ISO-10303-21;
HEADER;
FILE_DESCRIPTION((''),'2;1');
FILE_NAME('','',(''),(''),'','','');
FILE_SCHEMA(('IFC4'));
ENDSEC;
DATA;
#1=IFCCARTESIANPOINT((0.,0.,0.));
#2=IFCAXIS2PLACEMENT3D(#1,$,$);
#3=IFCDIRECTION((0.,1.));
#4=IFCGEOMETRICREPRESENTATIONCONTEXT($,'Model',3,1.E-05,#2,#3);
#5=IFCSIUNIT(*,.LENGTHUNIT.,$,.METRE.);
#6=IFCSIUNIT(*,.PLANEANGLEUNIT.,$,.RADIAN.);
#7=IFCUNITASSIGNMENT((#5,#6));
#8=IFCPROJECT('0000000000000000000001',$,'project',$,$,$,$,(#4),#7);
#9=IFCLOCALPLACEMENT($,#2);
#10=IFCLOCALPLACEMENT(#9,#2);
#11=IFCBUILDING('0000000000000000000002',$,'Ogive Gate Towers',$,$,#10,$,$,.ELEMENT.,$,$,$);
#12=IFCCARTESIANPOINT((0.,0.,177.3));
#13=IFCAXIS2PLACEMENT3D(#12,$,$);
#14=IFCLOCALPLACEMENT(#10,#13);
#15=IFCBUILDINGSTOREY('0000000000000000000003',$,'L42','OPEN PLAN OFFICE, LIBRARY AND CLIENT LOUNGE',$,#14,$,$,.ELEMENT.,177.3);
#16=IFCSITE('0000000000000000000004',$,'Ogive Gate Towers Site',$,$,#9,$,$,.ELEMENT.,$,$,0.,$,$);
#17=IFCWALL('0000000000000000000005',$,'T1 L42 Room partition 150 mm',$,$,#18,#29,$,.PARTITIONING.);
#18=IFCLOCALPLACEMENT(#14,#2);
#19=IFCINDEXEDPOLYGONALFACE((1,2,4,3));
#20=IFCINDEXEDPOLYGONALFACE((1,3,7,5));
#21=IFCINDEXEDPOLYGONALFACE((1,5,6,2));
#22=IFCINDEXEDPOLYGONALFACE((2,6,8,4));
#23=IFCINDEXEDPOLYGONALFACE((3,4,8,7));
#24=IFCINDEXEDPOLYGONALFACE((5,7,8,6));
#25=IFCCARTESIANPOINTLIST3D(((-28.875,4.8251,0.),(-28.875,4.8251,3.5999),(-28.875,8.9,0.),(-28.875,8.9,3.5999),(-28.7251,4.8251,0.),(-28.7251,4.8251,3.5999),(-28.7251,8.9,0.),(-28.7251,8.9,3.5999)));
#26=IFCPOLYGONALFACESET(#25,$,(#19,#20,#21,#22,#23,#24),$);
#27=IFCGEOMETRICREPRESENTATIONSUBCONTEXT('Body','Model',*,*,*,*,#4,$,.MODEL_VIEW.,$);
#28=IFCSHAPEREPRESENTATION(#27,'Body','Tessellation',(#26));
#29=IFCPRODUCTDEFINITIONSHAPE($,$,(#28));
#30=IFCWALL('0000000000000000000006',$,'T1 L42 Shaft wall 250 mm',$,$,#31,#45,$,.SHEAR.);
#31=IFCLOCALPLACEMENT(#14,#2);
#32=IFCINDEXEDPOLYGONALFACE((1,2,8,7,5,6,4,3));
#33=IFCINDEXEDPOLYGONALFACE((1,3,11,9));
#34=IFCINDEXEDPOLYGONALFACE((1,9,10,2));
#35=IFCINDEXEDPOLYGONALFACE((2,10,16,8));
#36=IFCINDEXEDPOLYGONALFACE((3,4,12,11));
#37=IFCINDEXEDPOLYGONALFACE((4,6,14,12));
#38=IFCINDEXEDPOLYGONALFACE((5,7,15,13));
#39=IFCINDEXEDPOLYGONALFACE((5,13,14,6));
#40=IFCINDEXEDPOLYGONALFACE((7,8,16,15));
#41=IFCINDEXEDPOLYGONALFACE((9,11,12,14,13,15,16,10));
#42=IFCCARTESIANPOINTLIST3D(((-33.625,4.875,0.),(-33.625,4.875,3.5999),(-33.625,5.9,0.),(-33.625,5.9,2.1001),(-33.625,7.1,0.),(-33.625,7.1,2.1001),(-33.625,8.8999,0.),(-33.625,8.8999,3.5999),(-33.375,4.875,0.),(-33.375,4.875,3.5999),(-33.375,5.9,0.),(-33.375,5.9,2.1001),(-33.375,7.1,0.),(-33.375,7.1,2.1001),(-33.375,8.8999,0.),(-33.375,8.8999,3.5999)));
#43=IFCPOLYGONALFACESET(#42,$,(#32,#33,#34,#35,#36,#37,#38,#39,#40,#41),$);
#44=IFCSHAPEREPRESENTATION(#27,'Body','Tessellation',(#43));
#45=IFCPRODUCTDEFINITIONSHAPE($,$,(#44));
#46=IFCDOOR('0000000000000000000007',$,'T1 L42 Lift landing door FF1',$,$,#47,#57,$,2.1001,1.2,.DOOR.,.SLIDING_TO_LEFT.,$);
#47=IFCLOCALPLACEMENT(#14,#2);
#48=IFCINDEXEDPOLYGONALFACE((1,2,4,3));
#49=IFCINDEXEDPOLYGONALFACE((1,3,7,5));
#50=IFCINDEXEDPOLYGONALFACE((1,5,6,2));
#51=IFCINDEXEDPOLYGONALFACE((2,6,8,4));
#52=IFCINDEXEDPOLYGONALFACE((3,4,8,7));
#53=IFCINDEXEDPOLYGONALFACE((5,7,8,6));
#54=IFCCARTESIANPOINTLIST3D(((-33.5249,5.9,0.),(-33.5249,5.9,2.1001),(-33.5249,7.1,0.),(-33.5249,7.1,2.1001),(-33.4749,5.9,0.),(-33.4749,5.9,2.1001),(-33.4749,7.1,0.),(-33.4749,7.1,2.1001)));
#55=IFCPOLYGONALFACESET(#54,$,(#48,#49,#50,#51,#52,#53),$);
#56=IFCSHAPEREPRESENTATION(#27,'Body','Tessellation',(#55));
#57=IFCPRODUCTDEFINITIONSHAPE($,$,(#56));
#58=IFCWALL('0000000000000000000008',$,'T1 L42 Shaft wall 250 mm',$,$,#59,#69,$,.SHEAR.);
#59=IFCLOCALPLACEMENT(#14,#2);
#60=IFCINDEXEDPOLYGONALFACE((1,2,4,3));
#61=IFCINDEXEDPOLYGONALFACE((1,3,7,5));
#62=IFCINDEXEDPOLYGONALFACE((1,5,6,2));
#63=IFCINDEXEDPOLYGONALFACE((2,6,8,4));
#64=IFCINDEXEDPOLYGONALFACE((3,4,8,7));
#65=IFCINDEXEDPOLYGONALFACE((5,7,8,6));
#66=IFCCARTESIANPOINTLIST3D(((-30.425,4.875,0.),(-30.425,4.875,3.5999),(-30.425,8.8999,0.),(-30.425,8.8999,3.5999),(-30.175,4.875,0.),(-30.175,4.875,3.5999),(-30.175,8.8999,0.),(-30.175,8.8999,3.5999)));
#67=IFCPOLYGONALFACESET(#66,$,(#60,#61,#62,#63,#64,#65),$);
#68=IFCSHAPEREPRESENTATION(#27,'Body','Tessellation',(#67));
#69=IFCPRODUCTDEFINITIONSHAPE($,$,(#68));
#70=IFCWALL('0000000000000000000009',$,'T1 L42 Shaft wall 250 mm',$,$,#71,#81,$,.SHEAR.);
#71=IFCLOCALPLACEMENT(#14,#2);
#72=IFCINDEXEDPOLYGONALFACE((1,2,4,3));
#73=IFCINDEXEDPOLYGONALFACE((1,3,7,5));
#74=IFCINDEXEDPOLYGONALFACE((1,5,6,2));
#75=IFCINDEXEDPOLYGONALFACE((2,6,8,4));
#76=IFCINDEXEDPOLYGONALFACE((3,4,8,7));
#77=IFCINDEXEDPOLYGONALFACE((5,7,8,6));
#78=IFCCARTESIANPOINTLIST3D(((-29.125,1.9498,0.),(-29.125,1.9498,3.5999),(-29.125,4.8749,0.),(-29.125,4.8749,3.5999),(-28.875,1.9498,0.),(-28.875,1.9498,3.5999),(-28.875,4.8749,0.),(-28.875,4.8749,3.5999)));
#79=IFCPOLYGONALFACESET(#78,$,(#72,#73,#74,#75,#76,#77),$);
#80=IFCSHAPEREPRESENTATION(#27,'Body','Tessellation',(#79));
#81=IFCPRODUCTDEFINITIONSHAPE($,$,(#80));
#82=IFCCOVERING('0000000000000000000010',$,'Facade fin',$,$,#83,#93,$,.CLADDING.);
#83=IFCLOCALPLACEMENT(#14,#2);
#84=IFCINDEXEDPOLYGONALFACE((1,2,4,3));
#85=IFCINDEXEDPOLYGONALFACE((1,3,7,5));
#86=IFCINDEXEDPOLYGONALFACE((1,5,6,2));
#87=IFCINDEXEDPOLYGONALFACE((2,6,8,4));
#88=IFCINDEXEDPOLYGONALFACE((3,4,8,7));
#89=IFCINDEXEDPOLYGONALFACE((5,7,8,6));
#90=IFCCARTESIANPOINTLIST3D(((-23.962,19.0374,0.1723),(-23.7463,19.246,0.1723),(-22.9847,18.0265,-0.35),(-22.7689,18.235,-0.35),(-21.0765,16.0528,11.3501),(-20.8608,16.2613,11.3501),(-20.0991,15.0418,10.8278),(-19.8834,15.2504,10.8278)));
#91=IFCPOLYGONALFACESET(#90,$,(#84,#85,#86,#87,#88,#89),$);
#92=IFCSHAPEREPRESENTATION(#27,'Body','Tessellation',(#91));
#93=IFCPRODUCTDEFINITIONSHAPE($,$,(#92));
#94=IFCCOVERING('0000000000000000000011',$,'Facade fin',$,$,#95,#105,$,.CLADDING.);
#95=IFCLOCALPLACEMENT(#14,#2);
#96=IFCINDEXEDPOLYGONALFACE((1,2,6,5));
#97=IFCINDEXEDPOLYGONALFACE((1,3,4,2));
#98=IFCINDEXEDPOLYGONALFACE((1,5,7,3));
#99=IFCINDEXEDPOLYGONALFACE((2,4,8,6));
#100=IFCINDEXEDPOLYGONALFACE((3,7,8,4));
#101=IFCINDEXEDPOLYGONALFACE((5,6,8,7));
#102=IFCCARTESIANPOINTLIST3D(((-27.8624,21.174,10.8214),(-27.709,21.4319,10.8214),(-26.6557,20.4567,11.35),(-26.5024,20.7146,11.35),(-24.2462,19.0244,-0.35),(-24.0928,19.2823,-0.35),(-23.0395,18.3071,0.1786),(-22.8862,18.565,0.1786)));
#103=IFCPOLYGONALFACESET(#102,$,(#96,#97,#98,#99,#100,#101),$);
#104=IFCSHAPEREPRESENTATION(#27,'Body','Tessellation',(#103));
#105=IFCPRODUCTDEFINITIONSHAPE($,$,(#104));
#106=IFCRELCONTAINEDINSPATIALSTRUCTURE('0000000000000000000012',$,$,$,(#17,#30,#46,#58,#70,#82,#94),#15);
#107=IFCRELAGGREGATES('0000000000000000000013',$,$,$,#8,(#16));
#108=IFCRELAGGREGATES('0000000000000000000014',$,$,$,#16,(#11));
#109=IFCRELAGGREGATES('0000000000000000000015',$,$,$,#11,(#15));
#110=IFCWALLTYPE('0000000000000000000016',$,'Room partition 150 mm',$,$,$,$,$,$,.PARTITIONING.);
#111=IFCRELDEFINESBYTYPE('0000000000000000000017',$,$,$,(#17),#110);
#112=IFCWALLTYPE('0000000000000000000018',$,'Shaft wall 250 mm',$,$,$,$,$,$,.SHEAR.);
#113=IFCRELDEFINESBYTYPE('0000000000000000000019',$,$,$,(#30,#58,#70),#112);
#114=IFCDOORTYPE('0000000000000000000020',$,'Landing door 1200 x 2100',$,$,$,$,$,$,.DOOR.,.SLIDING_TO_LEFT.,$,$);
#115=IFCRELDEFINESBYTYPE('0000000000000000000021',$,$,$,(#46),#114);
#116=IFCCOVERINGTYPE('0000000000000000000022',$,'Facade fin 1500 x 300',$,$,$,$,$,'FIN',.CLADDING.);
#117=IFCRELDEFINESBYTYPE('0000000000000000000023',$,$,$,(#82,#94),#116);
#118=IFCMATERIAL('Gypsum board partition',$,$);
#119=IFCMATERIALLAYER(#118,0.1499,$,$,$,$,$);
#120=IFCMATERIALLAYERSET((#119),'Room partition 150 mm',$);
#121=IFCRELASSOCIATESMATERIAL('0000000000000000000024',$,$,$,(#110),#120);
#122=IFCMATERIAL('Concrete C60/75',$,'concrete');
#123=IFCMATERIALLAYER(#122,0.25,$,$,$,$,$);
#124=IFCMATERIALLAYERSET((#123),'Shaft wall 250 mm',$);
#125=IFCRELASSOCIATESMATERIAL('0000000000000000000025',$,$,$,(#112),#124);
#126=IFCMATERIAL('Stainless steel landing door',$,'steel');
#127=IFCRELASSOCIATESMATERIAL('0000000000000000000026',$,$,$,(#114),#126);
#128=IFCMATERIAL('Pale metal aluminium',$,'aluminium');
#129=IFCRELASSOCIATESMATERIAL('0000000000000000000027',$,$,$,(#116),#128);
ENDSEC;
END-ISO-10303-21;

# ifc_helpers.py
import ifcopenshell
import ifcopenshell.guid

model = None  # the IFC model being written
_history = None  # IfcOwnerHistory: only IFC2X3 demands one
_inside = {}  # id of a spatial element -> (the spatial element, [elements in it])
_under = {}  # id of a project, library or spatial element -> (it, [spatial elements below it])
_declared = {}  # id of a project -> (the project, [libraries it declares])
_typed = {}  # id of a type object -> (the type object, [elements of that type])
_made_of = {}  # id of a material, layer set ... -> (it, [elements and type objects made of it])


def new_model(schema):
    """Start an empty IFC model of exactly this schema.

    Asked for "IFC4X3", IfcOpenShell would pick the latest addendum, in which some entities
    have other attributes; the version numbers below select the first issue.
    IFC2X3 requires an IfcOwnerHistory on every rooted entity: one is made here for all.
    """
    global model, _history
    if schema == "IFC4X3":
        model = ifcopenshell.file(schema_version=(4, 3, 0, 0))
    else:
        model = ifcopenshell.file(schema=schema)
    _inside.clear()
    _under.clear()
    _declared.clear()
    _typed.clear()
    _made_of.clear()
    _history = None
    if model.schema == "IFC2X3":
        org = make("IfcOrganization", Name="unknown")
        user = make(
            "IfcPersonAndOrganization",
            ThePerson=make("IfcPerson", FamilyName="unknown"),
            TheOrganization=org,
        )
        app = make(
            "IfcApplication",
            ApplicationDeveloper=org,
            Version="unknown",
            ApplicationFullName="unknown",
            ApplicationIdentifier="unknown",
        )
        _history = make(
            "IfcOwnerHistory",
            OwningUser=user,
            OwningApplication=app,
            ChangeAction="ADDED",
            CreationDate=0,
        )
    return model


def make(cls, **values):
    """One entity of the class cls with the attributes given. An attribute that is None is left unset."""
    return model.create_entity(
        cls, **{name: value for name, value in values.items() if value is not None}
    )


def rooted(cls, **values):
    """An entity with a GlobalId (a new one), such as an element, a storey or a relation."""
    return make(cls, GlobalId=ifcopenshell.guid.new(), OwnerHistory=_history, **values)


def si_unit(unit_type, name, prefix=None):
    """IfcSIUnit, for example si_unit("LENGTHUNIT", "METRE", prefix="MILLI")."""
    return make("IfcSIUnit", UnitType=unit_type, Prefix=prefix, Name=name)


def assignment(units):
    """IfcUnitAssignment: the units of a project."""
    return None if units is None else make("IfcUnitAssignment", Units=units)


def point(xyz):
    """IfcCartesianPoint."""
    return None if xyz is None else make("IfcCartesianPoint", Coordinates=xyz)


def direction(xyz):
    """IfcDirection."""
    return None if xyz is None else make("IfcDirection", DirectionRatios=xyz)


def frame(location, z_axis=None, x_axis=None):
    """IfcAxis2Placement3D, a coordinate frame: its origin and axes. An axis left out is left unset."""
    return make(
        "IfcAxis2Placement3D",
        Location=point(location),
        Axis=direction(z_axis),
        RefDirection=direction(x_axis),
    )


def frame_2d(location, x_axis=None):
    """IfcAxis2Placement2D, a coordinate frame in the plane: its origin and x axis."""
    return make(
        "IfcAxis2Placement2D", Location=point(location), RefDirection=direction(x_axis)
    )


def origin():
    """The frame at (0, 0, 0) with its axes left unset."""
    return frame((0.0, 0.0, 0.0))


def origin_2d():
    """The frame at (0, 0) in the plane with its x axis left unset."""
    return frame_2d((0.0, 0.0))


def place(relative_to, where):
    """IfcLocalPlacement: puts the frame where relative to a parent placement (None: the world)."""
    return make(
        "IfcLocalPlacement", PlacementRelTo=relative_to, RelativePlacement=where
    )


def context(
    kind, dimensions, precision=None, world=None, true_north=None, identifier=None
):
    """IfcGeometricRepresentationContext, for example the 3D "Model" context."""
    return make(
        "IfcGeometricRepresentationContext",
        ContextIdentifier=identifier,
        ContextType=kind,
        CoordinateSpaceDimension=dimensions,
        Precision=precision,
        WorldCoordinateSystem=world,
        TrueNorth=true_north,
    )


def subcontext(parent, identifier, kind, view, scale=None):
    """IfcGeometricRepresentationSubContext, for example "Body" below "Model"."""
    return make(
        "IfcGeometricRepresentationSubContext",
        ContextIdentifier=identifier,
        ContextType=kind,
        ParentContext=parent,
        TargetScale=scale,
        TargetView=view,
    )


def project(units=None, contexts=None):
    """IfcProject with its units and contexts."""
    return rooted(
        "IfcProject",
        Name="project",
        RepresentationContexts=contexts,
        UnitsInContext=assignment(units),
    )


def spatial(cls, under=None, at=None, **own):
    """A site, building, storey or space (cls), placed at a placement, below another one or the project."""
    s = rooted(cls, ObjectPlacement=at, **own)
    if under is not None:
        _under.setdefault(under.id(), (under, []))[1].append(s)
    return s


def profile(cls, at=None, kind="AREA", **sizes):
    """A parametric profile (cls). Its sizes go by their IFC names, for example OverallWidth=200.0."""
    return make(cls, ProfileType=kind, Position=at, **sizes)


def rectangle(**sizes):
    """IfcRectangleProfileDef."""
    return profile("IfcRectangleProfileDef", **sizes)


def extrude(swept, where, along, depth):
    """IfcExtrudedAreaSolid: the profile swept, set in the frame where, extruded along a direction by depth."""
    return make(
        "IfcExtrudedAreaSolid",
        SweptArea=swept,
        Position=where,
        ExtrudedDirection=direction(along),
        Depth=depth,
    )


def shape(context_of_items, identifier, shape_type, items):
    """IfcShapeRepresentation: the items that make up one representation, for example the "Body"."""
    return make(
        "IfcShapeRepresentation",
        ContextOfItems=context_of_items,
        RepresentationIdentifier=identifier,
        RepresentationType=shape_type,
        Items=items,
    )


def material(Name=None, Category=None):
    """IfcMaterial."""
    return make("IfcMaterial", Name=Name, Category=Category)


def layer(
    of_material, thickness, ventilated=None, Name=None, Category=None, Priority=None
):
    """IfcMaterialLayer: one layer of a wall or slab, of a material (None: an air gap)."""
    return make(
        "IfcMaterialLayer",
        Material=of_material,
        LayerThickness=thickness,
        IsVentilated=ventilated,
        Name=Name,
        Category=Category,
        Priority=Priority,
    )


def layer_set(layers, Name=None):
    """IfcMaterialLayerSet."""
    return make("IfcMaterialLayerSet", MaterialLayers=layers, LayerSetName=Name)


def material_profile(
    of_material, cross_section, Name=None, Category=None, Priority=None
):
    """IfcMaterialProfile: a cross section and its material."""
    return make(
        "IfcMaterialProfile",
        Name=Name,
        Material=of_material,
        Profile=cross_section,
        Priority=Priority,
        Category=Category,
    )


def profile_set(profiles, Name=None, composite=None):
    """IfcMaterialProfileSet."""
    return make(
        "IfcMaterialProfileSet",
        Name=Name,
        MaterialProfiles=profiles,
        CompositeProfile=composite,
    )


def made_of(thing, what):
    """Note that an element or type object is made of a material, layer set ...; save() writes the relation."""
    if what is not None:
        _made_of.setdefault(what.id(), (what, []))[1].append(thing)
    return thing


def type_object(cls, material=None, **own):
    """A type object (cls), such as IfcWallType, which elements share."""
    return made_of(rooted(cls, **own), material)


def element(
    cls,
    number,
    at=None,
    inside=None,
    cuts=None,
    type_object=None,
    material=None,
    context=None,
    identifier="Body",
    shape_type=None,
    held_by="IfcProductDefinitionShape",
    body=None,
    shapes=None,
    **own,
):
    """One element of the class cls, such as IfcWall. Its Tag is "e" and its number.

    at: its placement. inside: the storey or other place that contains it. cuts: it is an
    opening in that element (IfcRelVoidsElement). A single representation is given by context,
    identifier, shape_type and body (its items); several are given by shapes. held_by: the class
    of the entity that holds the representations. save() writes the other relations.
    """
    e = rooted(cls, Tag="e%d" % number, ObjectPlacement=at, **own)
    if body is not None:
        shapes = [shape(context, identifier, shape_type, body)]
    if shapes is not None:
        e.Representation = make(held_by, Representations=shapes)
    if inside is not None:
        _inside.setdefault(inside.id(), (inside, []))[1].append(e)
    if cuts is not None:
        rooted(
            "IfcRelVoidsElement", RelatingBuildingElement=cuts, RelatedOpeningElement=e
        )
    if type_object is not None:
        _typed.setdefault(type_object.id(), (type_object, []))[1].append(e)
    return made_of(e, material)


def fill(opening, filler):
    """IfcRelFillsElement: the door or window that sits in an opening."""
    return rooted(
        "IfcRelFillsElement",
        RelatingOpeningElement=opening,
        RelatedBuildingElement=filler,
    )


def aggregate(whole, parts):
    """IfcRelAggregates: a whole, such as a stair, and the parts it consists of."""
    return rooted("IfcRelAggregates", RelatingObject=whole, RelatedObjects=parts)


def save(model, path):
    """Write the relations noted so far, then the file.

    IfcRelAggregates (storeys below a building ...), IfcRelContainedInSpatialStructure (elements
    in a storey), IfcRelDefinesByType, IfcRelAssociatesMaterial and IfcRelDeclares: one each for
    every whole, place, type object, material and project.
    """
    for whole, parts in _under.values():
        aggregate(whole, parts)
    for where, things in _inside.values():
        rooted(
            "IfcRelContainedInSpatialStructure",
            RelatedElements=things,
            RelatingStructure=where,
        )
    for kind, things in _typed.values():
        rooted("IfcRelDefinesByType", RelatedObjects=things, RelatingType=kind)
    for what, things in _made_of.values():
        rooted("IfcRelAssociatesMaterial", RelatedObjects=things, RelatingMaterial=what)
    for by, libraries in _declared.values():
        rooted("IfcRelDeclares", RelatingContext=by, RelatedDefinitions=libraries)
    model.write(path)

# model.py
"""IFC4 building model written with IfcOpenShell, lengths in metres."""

from ifc_helpers import new_model, si_unit, direction, frame, frame_2d, origin, origin_2d, place, context, subcontext, project, spatial, rectangle, extrude, material, layer, layer_set, material_profile, profile_set, type_object, element, fill, save


model = new_model("IFC4")

# Units and contexts
model_context = context("Model", 3, precision=1e-05, world=origin(), true_north=direction((0.0, 1.0)))
body_context = subcontext(model_context, "Body", "Model", "MODEL_VIEW")
ifc_project = project(units=[si_unit("LENGTHUNIT", "METRE"), si_unit("PLANEANGLEUNIT", "RADIAN")], contexts=[model_context])

# Site, building, storey
site_placement = place(None, origin())
site = spatial("IfcSite", under=ifc_project, at=site_placement, Name="Ogive Gate Towers Site", CompositionType="ELEMENT", RefElevation=0.0)
building_placement = place(site_placement, origin())
building = spatial("IfcBuilding", under=site, at=building_placement, Name="Ogive Gate Towers", CompositionType="ELEMENT")
storey_placement = place(building_placement, frame((0.0, 0.0, 177.3)))
storey = spatial("IfcBuildingStorey", under=building, at=storey_placement, Name="L42", Description="OPEN PLAN OFFICE, LIBRARY AND CLIENT LOUNGE", CompositionType="ELEMENT", Elevation=177.3)

# Shared definitions
ifc_material_1 = material(Name="Pale metal aluminium", Category="aluminium")

# Shared definitions
ifc_material_2 = material(Name="Gypsum board partition")

# Wall
ifc_layer_1 = layer(ifc_material_2, 0.1499)
ifc_layer_set_1 = layer_set([ifc_layer_1], Name="Room partition 150 mm")
wall_type_1 = type_object("IfcWallType", Name="Room partition 150 mm", PredefinedType="PARTITIONING", material=ifc_layer_set_1)
wall_1_placement = place(storey_placement, frame((-28.8, 4.825, 0.0), z_axis=(0.0, 0.0, 1.0), x_axis=(0.0, 1.0, 0.0)))
element("IfcWall", 1, at=wall_1_placement, inside=storey, type_object=wall_type_1, Name="T1 L42 Room partition 150 mm", PredefinedType="PARTITIONING", context=body_context, shape_type="SweptSolid", body=[
    extrude(rectangle(XDim=4.075, YDim=0.1499, at=frame_2d((2.0376, 0.0))), origin(), (0.0, 0.0, 1.0), 3.5999),
])

# Wall, opening, door
ifc_material_3 = material(Name="Concrete C60/75", Category="concrete")
ifc_layer_2 = layer(ifc_material_3, 0.25)
ifc_layer_set_2 = layer_set([ifc_layer_2], Name="Shaft wall 250 mm")
wall_type_2 = type_object("IfcWallType", Name="Shaft wall 250 mm", PredefinedType="SHEAR", material=ifc_layer_set_2)
wall_2_placement = place(storey_placement, frame((-33.5, 4.875, 0.0), z_axis=(0.0, 0.0, 1.0), x_axis=(0.0, 1.0, 0.0)))
wall_2 = element("IfcWall", 2, at=wall_2_placement, inside=storey, type_object=wall_type_2, Name="T1 L42 Shaft wall 250 mm", PredefinedType="SHEAR", context=body_context, shape_type="SweptSolid", body=[
    extrude(rectangle(XDim=4.0249, YDim=0.25, at=frame_2d((2.0125, 0.0))), origin(), (0.0, 0.0, 1.0), 3.5999),
])
opening_1_placement = place(wall_2_placement, frame((1.0249, 0.0, 0.0)))
opening_1 = element("IfcOpeningElement", 3, at=opening_1_placement, cuts=wall_2, PredefinedType="OPENING", context=body_context, shape_type="SweptSolid", body=[
    extrude(rectangle(XDim=1.2, YDim=2.1001, at=frame_2d((0.6001, 1.05))), frame((0.0, 0.135, 0.0), z_axis=(0.0, -1.0, 0.0), x_axis=(1.0, 0.0, 0.0)), (0.0, 0.0, 1.0), 0.27),
])
ifc_material_4 = material(Name="Stainless steel landing door", Category="steel")
door_type_1 = type_object("IfcDoorType", Name="Landing door 1200 x 2100", OperationType="SLIDING_TO_LEFT", PredefinedType="DOOR", material=ifc_material_4)
door_1_placement = place(opening_1_placement, origin())
door_1 = element("IfcDoor", 4, at=door_1_placement, inside=storey, type_object=door_type_1, Name="T1 L42 Lift landing door FF1", OperationType="SLIDING_TO_LEFT", OverallHeight=2.1001, OverallWidth=1.2, PredefinedType="DOOR", context=body_context, shape_type="SweptSolid", body=[
    extrude(rectangle(XDim=1.2, YDim=2.1001, at=frame_2d((0.6001, 1.05))), frame((0.0, 0.0249, 0.0), z_axis=(0.0, -1.0, 0.0), x_axis=(1.0, 0.0, 0.0)), (0.0, 0.0, 1.0), 0.05),
])
fill(opening_1, door_1)

# Walls
wall_3_placement = place(storey_placement, frame((-30.3, 4.875, 0.0), z_axis=(0.0, 0.0, 1.0), x_axis=(0.0, 1.0, 0.0)))
element("IfcWall", 5, at=wall_3_placement, inside=storey, type_object=wall_type_2, Name="T1 L42 Shaft wall 250 mm", PredefinedType="SHEAR", context=body_context, shape_type="SweptSolid", body=[
    extrude(rectangle(XDim=4.0249, YDim=0.25, at=frame_2d((2.0125, 0.0))), origin(), (0.0, 0.0, 1.0), 3.5999),
])
wall_4_placement = place(storey_placement, frame((-29.0, 1.95, 0.0), z_axis=(0.0, 0.0, 1.0), x_axis=(0.0, 1.0, 0.0)))
element("IfcWall", 6, at=wall_4_placement, inside=storey, type_object=wall_type_2, Name="T1 L42 Shaft wall 250 mm", PredefinedType="SHEAR", context=body_context, shape_type="SweptSolid", body=[
    extrude(rectangle(XDim=2.925, YDim=0.25, at=frame_2d((1.4624, 0.0))), origin(), (0.0, 0.0, 1.0), 3.5999),
])

# Coverings
ifc_material_profile_1 = material_profile(ifc_material_1, rectangle(XDim=0.3, YDim=1.5, at=origin_2d()), Name="1500 x 300 pale metal aluminium")
ifc_profile_set_1 = profile_set([ifc_material_profile_1], Name="Pale metal aluminium")
covering_type = type_object("IfcCoveringType", Name="Facade fin 1500 x 300", ElementType="FIN", PredefinedType="CLADDING", material=ifc_profile_set_1)
covering_1_placement = place(storey_placement, frame((-23.3655, 18.6362, -0.0889), z_axis=(0.241996, -0.250309, 0.937435), x_axis=(0.718944, 0.695068, 0.0)))
element("IfcCovering", 7, at=covering_1_placement, inside=storey, type_object=covering_type, Name="Facade fin", PredefinedType="CLADDING", context=body_context, shape_type="SweptSolid", body=[
    extrude(rectangle(XDim=0.3, YDim=1.5, at=origin_2d()), origin(), (0.0, 0.0, 1.0), 11.9238),
])
covering_2_placement = place(storey_placement, frame((-23.5662, 18.7947, -0.0857), z_axis=(-0.302935, 0.18008, 0.935843), x_axis=(-0.510984, -0.85959, 0.0)))
element("IfcCovering", 8, at=covering_2_placement, inside=storey, type_object=covering_type, Name="Facade fin", PredefinedType="CLADDING", context=body_context, shape_type="SweptSolid", body=[
    extrude(rectangle(XDim=0.3, YDim=1.5, at=origin_2d()), origin(), (0.0, 0.0, 1.0), 11.9373),
])

save(model, "model.ifc")
